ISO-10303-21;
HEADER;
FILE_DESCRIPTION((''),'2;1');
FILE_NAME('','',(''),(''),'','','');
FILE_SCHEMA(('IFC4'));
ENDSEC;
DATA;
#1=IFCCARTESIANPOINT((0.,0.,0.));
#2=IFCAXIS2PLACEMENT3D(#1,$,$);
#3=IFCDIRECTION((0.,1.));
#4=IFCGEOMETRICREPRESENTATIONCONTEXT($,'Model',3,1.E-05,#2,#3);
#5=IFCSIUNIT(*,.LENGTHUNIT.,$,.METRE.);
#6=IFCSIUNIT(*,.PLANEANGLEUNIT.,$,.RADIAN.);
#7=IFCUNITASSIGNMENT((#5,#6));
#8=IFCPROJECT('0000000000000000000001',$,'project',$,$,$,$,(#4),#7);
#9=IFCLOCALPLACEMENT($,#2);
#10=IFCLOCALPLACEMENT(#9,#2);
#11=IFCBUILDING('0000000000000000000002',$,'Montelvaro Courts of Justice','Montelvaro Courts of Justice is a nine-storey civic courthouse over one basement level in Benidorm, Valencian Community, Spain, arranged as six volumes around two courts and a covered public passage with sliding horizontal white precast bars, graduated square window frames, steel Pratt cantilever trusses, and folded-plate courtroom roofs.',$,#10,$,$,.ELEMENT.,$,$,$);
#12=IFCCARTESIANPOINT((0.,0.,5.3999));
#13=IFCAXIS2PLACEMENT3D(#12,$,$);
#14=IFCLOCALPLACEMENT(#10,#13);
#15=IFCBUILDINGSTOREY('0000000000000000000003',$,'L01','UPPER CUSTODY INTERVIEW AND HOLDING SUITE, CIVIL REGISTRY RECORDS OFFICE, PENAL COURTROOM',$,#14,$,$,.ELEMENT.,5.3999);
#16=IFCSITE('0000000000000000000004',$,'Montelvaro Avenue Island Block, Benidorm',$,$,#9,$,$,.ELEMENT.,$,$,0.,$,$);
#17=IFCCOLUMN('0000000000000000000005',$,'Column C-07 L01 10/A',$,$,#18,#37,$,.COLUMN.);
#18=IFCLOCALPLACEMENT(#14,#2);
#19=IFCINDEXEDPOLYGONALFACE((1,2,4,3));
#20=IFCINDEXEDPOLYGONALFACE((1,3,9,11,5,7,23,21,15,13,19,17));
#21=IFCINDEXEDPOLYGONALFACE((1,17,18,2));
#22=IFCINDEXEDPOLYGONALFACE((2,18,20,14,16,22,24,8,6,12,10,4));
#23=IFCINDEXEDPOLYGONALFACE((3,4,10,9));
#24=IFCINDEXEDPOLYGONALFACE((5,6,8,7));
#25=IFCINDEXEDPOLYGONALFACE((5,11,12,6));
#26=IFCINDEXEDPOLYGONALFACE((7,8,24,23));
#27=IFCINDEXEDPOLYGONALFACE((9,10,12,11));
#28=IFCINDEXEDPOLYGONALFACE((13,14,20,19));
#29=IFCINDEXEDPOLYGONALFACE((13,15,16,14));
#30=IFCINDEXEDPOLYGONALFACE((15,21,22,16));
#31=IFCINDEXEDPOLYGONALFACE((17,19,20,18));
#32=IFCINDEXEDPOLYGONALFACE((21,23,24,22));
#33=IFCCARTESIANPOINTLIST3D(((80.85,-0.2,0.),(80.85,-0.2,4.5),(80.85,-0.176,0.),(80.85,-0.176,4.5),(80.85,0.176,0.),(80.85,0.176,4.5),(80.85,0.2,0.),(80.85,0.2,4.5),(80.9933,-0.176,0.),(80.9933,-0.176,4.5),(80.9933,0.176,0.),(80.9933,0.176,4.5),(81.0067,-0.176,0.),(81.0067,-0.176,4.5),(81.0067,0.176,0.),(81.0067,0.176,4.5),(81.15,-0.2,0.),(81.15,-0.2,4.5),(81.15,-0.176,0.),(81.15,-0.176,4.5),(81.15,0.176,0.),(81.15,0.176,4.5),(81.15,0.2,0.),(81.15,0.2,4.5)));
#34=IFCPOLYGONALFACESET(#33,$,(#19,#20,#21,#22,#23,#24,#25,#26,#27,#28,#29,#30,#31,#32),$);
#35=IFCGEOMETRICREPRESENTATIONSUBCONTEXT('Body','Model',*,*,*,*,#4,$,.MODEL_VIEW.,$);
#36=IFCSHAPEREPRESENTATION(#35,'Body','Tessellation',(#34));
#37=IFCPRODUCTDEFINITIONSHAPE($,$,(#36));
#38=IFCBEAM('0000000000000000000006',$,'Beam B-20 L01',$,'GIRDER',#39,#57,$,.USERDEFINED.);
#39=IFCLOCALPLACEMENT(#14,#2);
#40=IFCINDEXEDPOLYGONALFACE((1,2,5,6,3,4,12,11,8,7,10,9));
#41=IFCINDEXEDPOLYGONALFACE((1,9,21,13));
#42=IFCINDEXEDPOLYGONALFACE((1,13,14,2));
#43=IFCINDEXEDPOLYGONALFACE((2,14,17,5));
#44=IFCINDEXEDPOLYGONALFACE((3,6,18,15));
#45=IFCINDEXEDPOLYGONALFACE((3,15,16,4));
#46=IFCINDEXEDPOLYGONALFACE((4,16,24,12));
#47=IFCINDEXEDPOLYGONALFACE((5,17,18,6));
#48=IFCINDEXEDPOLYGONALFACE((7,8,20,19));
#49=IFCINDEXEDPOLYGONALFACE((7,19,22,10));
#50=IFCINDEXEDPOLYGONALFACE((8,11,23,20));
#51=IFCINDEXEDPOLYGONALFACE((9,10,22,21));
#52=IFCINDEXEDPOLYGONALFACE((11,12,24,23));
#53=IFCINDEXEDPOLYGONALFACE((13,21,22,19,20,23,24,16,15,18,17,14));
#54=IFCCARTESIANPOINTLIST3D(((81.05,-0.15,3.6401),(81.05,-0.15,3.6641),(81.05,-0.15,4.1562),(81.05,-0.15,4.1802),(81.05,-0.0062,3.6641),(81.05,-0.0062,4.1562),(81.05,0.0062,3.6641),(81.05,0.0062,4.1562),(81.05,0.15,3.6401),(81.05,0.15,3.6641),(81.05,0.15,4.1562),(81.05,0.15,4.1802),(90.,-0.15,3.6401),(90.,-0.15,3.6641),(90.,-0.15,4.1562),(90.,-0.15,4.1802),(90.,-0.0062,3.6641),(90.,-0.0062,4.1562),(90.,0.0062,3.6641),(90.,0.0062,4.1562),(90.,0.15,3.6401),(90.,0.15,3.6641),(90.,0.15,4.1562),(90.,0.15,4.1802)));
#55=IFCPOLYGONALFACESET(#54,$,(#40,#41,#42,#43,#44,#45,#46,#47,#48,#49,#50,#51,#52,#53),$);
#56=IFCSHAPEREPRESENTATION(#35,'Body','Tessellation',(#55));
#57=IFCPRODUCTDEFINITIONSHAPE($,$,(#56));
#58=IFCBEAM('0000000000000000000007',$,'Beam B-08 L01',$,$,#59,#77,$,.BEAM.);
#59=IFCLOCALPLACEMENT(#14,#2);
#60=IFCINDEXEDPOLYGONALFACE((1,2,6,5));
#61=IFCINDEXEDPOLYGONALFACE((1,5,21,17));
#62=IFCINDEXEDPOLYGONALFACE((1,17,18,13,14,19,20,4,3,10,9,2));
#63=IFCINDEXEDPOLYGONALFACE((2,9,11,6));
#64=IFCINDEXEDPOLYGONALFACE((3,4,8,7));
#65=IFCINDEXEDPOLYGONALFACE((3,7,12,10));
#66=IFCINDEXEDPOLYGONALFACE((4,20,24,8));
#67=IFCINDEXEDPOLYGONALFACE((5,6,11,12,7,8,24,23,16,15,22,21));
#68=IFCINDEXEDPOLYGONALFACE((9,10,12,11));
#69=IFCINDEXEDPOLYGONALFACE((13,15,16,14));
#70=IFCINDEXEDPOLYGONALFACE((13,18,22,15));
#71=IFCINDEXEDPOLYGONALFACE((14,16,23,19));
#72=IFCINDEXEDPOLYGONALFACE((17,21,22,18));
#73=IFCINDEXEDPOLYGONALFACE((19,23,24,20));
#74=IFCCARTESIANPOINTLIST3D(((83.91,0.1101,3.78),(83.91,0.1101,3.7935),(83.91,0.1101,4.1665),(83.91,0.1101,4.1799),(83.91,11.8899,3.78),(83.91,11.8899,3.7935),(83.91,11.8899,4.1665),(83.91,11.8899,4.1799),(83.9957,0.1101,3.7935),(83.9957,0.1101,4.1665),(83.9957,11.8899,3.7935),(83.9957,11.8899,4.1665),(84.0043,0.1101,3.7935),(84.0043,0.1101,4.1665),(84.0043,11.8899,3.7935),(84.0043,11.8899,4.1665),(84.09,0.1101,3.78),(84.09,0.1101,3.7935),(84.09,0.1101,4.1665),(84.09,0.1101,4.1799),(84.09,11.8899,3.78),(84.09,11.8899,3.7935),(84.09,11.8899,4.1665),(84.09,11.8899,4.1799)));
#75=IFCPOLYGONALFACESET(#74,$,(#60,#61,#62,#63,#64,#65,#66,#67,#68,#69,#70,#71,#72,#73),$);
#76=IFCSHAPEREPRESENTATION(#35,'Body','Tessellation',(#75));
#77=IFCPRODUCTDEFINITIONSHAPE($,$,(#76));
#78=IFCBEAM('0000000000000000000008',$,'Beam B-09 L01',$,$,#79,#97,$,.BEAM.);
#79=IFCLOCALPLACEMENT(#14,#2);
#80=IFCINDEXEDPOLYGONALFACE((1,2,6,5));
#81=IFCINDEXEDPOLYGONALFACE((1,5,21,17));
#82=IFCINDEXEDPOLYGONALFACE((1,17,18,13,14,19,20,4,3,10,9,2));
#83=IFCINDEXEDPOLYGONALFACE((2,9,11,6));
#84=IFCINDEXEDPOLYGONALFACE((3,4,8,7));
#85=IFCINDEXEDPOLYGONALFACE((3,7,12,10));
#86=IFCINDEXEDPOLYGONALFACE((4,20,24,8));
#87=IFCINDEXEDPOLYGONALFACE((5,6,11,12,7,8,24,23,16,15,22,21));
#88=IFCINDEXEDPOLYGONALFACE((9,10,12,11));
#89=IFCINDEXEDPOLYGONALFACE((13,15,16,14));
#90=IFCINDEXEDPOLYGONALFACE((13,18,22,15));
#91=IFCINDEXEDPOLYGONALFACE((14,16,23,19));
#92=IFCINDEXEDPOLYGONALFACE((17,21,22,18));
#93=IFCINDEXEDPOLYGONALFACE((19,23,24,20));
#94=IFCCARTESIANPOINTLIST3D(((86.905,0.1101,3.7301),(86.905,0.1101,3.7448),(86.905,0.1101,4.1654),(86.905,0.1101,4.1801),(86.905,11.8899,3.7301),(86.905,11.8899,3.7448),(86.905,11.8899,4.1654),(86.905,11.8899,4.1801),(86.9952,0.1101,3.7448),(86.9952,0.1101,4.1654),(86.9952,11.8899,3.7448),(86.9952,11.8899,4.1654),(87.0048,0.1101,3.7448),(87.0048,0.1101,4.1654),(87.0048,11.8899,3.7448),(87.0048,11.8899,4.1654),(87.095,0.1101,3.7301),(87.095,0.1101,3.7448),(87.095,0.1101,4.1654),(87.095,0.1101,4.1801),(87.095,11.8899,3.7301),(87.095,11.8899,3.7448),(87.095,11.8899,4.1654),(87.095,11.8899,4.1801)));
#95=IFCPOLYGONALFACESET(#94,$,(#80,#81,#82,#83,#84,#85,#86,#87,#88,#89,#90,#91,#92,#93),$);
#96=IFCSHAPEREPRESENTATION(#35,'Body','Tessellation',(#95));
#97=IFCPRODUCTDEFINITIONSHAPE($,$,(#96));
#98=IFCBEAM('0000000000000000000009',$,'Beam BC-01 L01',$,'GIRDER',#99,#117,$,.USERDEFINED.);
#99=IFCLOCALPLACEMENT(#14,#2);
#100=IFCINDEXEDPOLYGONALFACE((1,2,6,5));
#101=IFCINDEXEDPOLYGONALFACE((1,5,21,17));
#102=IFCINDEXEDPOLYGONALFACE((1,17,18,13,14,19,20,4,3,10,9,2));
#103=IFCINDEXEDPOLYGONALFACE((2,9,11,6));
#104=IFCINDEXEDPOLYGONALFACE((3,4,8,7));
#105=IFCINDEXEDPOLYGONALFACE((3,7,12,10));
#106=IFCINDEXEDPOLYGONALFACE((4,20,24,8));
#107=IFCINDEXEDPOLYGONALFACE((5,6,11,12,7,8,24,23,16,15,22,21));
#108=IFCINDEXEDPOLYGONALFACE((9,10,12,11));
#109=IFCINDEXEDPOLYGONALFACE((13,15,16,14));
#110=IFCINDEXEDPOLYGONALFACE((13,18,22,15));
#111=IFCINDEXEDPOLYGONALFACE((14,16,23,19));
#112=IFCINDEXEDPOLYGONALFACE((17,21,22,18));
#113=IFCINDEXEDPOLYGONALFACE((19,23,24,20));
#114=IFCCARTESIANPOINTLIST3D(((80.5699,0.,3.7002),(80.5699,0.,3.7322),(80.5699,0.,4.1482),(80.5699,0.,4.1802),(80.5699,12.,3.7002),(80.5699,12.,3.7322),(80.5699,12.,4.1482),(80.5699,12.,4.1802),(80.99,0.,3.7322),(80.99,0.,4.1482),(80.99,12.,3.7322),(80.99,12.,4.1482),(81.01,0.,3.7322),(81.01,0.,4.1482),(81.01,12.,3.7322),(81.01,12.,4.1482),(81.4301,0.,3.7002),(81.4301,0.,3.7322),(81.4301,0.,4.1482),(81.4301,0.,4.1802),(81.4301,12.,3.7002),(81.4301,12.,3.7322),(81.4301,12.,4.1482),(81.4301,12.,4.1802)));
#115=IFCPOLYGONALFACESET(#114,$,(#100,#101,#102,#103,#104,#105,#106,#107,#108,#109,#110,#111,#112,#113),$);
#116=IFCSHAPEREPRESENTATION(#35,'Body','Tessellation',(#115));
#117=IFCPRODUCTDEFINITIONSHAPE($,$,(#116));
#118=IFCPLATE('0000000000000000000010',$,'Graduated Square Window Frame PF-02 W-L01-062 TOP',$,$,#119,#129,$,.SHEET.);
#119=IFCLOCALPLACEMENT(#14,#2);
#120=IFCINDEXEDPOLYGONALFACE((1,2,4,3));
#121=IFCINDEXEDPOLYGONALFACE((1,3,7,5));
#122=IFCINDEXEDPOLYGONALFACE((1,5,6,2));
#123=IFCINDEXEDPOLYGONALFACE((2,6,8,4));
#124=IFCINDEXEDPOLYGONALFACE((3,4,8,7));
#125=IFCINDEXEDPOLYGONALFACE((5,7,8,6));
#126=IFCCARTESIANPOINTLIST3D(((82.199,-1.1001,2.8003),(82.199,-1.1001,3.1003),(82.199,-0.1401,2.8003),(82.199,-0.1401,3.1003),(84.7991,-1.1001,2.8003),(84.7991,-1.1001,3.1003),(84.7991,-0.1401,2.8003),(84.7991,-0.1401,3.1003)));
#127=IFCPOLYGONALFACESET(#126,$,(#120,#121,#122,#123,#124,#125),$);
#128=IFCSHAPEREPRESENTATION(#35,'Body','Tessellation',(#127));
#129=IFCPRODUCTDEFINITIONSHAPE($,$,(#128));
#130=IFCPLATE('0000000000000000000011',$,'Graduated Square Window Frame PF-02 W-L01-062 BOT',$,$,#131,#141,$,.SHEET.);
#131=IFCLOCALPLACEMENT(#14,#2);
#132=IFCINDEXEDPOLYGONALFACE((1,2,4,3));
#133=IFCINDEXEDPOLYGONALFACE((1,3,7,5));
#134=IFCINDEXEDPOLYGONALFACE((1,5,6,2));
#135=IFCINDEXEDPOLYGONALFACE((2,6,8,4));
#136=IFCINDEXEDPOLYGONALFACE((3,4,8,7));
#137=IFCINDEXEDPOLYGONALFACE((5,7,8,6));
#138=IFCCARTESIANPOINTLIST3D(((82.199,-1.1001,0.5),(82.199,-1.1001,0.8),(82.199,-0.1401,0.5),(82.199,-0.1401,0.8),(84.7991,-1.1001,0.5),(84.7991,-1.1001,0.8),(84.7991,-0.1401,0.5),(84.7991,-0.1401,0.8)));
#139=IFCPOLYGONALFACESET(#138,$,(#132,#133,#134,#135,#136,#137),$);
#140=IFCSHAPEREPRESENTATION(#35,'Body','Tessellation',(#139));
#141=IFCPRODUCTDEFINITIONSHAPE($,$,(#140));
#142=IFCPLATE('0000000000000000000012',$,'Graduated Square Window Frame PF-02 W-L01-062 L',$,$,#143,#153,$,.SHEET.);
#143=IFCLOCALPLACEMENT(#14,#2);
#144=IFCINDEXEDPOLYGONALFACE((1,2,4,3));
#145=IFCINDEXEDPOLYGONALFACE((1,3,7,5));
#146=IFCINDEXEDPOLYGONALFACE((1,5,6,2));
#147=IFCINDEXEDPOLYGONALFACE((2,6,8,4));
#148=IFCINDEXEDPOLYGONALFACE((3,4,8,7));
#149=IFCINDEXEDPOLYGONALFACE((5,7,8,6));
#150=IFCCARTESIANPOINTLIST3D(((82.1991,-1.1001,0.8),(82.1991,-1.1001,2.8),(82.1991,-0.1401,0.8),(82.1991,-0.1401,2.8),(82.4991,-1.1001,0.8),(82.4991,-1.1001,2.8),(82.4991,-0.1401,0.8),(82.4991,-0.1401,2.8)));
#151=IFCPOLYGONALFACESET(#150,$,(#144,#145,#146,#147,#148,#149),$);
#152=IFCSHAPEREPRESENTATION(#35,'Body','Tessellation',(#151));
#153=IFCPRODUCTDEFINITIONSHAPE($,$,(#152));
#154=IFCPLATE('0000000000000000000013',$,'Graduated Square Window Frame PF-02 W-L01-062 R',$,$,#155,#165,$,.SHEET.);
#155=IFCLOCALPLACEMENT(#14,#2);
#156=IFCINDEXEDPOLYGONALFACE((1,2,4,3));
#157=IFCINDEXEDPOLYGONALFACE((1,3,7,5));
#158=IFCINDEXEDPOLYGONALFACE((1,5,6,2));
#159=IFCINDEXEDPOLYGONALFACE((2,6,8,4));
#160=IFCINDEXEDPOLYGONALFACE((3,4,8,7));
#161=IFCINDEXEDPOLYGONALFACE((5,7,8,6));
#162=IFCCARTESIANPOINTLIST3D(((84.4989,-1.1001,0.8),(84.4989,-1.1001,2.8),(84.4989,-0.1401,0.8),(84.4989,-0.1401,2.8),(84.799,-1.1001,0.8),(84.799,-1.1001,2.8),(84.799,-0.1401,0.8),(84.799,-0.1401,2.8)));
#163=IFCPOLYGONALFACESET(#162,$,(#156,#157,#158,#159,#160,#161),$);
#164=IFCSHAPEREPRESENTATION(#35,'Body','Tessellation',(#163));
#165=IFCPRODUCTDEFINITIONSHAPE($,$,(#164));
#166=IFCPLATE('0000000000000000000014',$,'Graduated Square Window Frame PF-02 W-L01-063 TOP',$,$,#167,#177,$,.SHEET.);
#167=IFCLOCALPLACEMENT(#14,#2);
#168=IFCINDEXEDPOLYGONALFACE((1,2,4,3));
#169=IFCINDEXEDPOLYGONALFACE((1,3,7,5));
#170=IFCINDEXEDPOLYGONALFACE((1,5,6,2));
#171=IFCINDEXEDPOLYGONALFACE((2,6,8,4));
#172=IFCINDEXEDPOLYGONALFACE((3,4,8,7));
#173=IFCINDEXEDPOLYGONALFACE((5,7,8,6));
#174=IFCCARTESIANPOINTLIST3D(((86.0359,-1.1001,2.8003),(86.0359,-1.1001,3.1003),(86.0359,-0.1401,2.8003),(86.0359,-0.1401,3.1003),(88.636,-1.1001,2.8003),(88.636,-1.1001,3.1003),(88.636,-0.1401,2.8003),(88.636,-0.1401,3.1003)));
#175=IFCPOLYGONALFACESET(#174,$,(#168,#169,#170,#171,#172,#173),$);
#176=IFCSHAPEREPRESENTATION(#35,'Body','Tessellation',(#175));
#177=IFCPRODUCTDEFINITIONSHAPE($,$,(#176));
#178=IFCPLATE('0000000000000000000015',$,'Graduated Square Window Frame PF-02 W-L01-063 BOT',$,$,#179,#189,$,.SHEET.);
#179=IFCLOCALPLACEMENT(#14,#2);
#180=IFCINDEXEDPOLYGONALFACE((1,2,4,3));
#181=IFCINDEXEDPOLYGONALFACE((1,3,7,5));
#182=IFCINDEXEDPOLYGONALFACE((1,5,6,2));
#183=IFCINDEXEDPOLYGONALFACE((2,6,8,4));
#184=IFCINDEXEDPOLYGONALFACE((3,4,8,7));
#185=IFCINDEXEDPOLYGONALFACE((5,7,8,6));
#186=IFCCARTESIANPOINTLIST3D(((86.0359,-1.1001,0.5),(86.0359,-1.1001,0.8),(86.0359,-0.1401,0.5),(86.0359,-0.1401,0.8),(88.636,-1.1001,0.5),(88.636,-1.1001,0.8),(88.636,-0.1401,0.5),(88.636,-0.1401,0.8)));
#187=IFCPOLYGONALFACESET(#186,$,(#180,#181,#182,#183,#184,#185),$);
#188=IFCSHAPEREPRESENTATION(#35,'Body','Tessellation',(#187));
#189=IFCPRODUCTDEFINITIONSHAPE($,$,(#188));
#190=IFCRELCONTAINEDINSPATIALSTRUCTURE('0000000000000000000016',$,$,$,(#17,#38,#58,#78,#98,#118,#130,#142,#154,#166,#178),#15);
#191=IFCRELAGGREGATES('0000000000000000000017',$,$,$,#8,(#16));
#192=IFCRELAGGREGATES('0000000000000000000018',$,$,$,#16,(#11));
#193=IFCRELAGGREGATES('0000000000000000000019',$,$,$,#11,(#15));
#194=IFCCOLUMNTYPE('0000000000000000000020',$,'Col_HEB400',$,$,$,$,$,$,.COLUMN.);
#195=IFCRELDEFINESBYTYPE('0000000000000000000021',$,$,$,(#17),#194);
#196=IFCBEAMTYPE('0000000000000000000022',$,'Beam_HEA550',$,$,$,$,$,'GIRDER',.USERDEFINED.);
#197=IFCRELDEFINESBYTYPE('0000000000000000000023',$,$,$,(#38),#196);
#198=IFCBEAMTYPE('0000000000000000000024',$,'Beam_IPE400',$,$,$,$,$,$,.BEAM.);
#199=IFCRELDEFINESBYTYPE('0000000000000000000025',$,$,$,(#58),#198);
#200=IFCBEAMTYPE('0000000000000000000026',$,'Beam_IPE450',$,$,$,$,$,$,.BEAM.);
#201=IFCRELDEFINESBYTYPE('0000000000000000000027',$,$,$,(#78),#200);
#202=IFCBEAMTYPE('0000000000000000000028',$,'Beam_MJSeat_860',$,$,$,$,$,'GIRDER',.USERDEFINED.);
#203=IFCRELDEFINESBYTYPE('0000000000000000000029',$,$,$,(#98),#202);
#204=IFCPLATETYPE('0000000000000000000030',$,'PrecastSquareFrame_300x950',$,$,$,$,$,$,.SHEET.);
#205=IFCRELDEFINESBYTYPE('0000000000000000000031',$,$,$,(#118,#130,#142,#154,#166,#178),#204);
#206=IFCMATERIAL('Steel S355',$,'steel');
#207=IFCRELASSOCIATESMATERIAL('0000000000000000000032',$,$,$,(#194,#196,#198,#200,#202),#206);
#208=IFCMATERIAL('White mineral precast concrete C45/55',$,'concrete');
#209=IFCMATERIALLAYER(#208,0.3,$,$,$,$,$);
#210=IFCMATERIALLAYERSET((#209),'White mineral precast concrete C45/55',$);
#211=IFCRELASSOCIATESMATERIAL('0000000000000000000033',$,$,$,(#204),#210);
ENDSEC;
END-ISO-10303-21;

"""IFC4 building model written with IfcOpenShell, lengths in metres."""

from ifc_helpers import new_model, si_unit, direction, frame, origin, origin_2d, place, context, subcontext, project, spatial, rectangle, i_section, extrude, material, layer, layer_set, material_profile, profile_set, type_object, element, save


model = new_model("IFC4")

# Units and contexts
model_context = context("Model", 3, precision=1e-05, world=origin(), true_north=direction((0.0, 1.0)))
body_context = subcontext(model_context, "Body", "Model", "MODEL_VIEW")
ifc_project = project(units=[si_unit("LENGTHUNIT", "METRE"), si_unit("PLANEANGLEUNIT", "RADIAN")], contexts=[model_context])

# Site, building, storey
site_placement = place(None, origin())
site = spatial("IfcSite", under=ifc_project, at=site_placement, Name="Montelvaro Avenue Island Block, Benidorm", CompositionType="ELEMENT", RefElevation=0.0)
building_placement = place(site_placement, origin())
building = spatial("IfcBuilding", under=site, at=building_placement, Name="Montelvaro Courts of Justice", Description="Montelvaro Courts of Justice is a nine-storey civic courthouse over one basement level in Benidorm, Valencian Community, Spain, arranged as six volumes around two courts and a covered public passage with sliding horizontal white precast bars, graduated square window frames, steel Pratt cantilever trusses, and folded-plate courtroom roofs.", CompositionType="ELEMENT")
storey_placement = place(building_placement, frame((0.0, 0.0, 5.3999)))
storey = spatial("IfcBuildingStorey", under=building, at=storey_placement, Name="L01", Description="UPPER CUSTODY INTERVIEW AND HOLDING SUITE, CIVIL REGISTRY RECORDS OFFICE, PENAL COURTROOM", CompositionType="ELEMENT", Elevation=5.3999)

# Column
ifc_material_1 = material(Name="Steel S355", Category="steel")
ifc_material_profile_1 = material_profile(ifc_material_1, i_section(OverallWidth=0.3, OverallDepth=0.3999, WebThickness=0.0134, FlangeThickness=0.0239, at=origin_2d()), Name="HEB 400")
ifc_profile_set_1 = profile_set([ifc_material_profile_1], Name="Steel S355")
column_type = type_object("IfcColumnType", Name="Col_HEB400", PredefinedType="COLUMN", material=ifc_profile_set_1)
column_placement = place(storey_placement, frame((81.0, 0.0, 0.0), z_axis=(0.0, 0.0, 1.0), x_axis=(1.0, 0.0, 0.0)))
element("IfcColumn", 1, at=column_placement, inside=storey, type_object=column_type, Name="Column C-07 L01 10/A", PredefinedType="COLUMN", context=body_context, shape_type="SweptSolid", body=[
    extrude(i_section(OverallWidth=0.3, OverallDepth=0.3999, WebThickness=0.0134, FlangeThickness=0.0239, at=origin_2d()), origin(), (0.0, 0.0, 1.0), 4.5),
])

# Beams
ifc_material_profile_2 = material_profile(ifc_material_1, i_section(OverallWidth=0.3, OverallDepth=0.54, WebThickness=0.0125, FlangeThickness=0.0239, at=origin_2d()), Name="HEA 550")
ifc_profile_set_2 = profile_set([ifc_material_profile_2], Name="Steel S355")
beam_type_1 = type_object("IfcBeamType", Name="Beam_HEA550", ElementType="GIRDER", PredefinedType="USERDEFINED", material=ifc_profile_set_2)
beam_1_placement = place(storey_placement, frame((81.05, 0.0, 3.9102), z_axis=(1.0, 0.0, 0.0), x_axis=(0.0, 1.0, 0.0)))
element("IfcBeam", 2, at=beam_1_placement, inside=storey, type_object=beam_type_1, Name="Beam B-20 L01", ObjectType="GIRDER", PredefinedType="USERDEFINED", context=body_context, shape_type="SweptSolid", body=[
    extrude(i_section(OverallWidth=0.3, OverallDepth=0.54, WebThickness=0.0125, FlangeThickness=0.0239, at=origin_2d()), origin(), (0.0, 0.0, 1.0), 8.95),
])
ifc_material_profile_3 = material_profile(ifc_material_1, i_section(OverallWidth=0.1799, OverallDepth=0.3999, WebThickness=0.0085, FlangeThickness=0.0134, at=origin_2d()), Name="IPE 400")
ifc_profile_set_3 = profile_set([ifc_material_profile_3], Name="Steel S355")
beam_type_2 = type_object("IfcBeamType", Name="Beam_IPE400", PredefinedType="BEAM", material=ifc_profile_set_3)
beam_2_placement = place(storey_placement, frame((84.0, 0.1101, 3.98), z_axis=(0.0, 1.0, 0.0), x_axis=(-1.0, 0.0, 0.0)))
element("IfcBeam", 3, at=beam_2_placement, inside=storey, type_object=beam_type_2, Name="Beam B-08 L01", PredefinedType="BEAM", context=body_context, shape_type="SweptSolid", body=[
    extrude(i_section(OverallWidth=0.1799, OverallDepth=0.3999, WebThickness=0.0085, FlangeThickness=0.0134, at=origin_2d()), origin(), (0.0, 0.0, 1.0), 11.7798),
])
ifc_material_profile_4 = material_profile(ifc_material_1, i_section(OverallWidth=0.1899, OverallDepth=0.45, WebThickness=0.0095, FlangeThickness=0.0146, at=origin_2d()), Name="IPE 450")
ifc_profile_set_4 = profile_set([ifc_material_profile_4], Name="Steel S355")
beam_type_3 = type_object("IfcBeamType", Name="Beam_IPE450", PredefinedType="BEAM", material=ifc_profile_set_4)
beam_3_placement = place(storey_placement, frame((87.0, 0.1101, 3.9551), z_axis=(0.0, 1.0, 0.0), x_axis=(-1.0, 0.0, 0.0)))
element("IfcBeam", 4, at=beam_3_placement, inside=storey, type_object=beam_type_3, Name="Beam B-09 L01", PredefinedType="BEAM", context=body_context, shape_type="SweptSolid", body=[
    extrude(i_section(OverallWidth=0.1899, OverallDepth=0.45, WebThickness=0.0095, FlangeThickness=0.0146, at=origin_2d()), origin(), (0.0, 0.0, 1.0), 11.7798),
])
ifc_material_profile_5 = material_profile(ifc_material_1, i_section(OverallWidth=0.8601, OverallDepth=0.48, WebThickness=0.02, FlangeThickness=0.032, at=origin_2d()), Name="HL 480x860")
ifc_profile_set_5 = profile_set([ifc_material_profile_5], Name="Steel S355")
beam_type_4 = type_object("IfcBeamType", Name="Beam_MJSeat_860", ElementType="GIRDER", PredefinedType="USERDEFINED", material=ifc_profile_set_5)
beam_4_placement = place(storey_placement, frame((81.0, 0.0, 3.9402), z_axis=(0.0, 1.0, 0.0), x_axis=(-1.0, 0.0, 0.0)))
element("IfcBeam", 5, at=beam_4_placement, inside=storey, type_object=beam_type_4, Name="Beam BC-01 L01", ObjectType="GIRDER", PredefinedType="USERDEFINED", context=body_context, shape_type="SweptSolid", body=[
    extrude(i_section(OverallWidth=0.8601, OverallDepth=0.48, WebThickness=0.02, FlangeThickness=0.032, at=origin_2d()), origin(), (0.0, 0.0, 1.0), 12.0),
])

# Plates
ifc_material_2 = material(Name="White mineral precast concrete C45/55", Category="concrete")
ifc_layer_1 = layer(ifc_material_2, 0.3)
ifc_layer_set_1 = layer_set([ifc_layer_1], Name="White mineral precast concrete C45/55")
plate_type = type_object("IfcPlateType", Name="PrecastSquareFrame_300x950", PredefinedType="SHEET", material=ifc_layer_set_1)
for number, where, z_axis, x_axis, name in (
    (6, (83.499, -0.6201, 2.8003), (0.0, 0.0, 1.0), (1.0, 0.0, 0.0), "Graduated Square Window Frame PF-02 W-L01-062 TOP"),
    (7, (83.499, -0.6201, 0.5), (0.0, 0.0, 1.0), (1.0, 0.0, 0.0), "Graduated Square Window Frame PF-02 W-L01-062 BOT"),
):
    element("IfcPlate", number, at=place(storey_placement, frame(where, z_axis=z_axis, x_axis=x_axis)), inside=storey, type_object=plate_type, Name=name, PredefinedType="SHEET", context=body_context, shape_type="SweptSolid", body=[
        extrude(rectangle(XDim=2.6001, YDim=0.96, at=origin_2d()), origin(), (0.0, 0.0, 1.0), 0.3),
    ])
for number, where, z_axis, x_axis, name in (
    (8, (82.3491, -0.6201, 0.8), (0.0, 0.0, 1.0), (1.0, 0.0, 0.0), "Graduated Square Window Frame PF-02 W-L01-062 L"),
    (9, (84.6489, -0.6201, 0.8), (0.0, 0.0, 1.0), (1.0, 0.0, 0.0), "Graduated Square Window Frame PF-02 W-L01-062 R"),
):
    element("IfcPlate", number, at=place(storey_placement, frame(where, z_axis=z_axis, x_axis=x_axis)), inside=storey, type_object=plate_type, Name=name, PredefinedType="SHEET", context=body_context, shape_type="SweptSolid", body=[
        extrude(rectangle(XDim=0.3, YDim=0.96, at=origin_2d()), origin(), (0.0, 0.0, 1.0), 2.0),
    ])
for number, where, z_axis, x_axis, name in (
    (10, (87.3359, -0.6201, 2.8003), (0.0, 0.0, 1.0), (1.0, 0.0, 0.0), "Graduated Square Window Frame PF-02 W-L01-063 TOP"),
    (11, (87.3359, -0.6201, 0.5), (0.0, 0.0, 1.0), (1.0, 0.0, 0.0), "Graduated Square Window Frame PF-02 W-L01-063 BOT"),
):
    element("IfcPlate", number, at=place(storey_placement, frame(where, z_axis=z_axis, x_axis=x_axis)), inside=storey, type_object=plate_type, Name=name, PredefinedType="SHEET", context=body_context, shape_type="SweptSolid", body=[
        extrude(rectangle(XDim=2.6001, YDim=0.96, at=origin_2d()), origin(), (0.0, 0.0, 1.0), 0.3),
    ])

save(model, "model.ifc")
